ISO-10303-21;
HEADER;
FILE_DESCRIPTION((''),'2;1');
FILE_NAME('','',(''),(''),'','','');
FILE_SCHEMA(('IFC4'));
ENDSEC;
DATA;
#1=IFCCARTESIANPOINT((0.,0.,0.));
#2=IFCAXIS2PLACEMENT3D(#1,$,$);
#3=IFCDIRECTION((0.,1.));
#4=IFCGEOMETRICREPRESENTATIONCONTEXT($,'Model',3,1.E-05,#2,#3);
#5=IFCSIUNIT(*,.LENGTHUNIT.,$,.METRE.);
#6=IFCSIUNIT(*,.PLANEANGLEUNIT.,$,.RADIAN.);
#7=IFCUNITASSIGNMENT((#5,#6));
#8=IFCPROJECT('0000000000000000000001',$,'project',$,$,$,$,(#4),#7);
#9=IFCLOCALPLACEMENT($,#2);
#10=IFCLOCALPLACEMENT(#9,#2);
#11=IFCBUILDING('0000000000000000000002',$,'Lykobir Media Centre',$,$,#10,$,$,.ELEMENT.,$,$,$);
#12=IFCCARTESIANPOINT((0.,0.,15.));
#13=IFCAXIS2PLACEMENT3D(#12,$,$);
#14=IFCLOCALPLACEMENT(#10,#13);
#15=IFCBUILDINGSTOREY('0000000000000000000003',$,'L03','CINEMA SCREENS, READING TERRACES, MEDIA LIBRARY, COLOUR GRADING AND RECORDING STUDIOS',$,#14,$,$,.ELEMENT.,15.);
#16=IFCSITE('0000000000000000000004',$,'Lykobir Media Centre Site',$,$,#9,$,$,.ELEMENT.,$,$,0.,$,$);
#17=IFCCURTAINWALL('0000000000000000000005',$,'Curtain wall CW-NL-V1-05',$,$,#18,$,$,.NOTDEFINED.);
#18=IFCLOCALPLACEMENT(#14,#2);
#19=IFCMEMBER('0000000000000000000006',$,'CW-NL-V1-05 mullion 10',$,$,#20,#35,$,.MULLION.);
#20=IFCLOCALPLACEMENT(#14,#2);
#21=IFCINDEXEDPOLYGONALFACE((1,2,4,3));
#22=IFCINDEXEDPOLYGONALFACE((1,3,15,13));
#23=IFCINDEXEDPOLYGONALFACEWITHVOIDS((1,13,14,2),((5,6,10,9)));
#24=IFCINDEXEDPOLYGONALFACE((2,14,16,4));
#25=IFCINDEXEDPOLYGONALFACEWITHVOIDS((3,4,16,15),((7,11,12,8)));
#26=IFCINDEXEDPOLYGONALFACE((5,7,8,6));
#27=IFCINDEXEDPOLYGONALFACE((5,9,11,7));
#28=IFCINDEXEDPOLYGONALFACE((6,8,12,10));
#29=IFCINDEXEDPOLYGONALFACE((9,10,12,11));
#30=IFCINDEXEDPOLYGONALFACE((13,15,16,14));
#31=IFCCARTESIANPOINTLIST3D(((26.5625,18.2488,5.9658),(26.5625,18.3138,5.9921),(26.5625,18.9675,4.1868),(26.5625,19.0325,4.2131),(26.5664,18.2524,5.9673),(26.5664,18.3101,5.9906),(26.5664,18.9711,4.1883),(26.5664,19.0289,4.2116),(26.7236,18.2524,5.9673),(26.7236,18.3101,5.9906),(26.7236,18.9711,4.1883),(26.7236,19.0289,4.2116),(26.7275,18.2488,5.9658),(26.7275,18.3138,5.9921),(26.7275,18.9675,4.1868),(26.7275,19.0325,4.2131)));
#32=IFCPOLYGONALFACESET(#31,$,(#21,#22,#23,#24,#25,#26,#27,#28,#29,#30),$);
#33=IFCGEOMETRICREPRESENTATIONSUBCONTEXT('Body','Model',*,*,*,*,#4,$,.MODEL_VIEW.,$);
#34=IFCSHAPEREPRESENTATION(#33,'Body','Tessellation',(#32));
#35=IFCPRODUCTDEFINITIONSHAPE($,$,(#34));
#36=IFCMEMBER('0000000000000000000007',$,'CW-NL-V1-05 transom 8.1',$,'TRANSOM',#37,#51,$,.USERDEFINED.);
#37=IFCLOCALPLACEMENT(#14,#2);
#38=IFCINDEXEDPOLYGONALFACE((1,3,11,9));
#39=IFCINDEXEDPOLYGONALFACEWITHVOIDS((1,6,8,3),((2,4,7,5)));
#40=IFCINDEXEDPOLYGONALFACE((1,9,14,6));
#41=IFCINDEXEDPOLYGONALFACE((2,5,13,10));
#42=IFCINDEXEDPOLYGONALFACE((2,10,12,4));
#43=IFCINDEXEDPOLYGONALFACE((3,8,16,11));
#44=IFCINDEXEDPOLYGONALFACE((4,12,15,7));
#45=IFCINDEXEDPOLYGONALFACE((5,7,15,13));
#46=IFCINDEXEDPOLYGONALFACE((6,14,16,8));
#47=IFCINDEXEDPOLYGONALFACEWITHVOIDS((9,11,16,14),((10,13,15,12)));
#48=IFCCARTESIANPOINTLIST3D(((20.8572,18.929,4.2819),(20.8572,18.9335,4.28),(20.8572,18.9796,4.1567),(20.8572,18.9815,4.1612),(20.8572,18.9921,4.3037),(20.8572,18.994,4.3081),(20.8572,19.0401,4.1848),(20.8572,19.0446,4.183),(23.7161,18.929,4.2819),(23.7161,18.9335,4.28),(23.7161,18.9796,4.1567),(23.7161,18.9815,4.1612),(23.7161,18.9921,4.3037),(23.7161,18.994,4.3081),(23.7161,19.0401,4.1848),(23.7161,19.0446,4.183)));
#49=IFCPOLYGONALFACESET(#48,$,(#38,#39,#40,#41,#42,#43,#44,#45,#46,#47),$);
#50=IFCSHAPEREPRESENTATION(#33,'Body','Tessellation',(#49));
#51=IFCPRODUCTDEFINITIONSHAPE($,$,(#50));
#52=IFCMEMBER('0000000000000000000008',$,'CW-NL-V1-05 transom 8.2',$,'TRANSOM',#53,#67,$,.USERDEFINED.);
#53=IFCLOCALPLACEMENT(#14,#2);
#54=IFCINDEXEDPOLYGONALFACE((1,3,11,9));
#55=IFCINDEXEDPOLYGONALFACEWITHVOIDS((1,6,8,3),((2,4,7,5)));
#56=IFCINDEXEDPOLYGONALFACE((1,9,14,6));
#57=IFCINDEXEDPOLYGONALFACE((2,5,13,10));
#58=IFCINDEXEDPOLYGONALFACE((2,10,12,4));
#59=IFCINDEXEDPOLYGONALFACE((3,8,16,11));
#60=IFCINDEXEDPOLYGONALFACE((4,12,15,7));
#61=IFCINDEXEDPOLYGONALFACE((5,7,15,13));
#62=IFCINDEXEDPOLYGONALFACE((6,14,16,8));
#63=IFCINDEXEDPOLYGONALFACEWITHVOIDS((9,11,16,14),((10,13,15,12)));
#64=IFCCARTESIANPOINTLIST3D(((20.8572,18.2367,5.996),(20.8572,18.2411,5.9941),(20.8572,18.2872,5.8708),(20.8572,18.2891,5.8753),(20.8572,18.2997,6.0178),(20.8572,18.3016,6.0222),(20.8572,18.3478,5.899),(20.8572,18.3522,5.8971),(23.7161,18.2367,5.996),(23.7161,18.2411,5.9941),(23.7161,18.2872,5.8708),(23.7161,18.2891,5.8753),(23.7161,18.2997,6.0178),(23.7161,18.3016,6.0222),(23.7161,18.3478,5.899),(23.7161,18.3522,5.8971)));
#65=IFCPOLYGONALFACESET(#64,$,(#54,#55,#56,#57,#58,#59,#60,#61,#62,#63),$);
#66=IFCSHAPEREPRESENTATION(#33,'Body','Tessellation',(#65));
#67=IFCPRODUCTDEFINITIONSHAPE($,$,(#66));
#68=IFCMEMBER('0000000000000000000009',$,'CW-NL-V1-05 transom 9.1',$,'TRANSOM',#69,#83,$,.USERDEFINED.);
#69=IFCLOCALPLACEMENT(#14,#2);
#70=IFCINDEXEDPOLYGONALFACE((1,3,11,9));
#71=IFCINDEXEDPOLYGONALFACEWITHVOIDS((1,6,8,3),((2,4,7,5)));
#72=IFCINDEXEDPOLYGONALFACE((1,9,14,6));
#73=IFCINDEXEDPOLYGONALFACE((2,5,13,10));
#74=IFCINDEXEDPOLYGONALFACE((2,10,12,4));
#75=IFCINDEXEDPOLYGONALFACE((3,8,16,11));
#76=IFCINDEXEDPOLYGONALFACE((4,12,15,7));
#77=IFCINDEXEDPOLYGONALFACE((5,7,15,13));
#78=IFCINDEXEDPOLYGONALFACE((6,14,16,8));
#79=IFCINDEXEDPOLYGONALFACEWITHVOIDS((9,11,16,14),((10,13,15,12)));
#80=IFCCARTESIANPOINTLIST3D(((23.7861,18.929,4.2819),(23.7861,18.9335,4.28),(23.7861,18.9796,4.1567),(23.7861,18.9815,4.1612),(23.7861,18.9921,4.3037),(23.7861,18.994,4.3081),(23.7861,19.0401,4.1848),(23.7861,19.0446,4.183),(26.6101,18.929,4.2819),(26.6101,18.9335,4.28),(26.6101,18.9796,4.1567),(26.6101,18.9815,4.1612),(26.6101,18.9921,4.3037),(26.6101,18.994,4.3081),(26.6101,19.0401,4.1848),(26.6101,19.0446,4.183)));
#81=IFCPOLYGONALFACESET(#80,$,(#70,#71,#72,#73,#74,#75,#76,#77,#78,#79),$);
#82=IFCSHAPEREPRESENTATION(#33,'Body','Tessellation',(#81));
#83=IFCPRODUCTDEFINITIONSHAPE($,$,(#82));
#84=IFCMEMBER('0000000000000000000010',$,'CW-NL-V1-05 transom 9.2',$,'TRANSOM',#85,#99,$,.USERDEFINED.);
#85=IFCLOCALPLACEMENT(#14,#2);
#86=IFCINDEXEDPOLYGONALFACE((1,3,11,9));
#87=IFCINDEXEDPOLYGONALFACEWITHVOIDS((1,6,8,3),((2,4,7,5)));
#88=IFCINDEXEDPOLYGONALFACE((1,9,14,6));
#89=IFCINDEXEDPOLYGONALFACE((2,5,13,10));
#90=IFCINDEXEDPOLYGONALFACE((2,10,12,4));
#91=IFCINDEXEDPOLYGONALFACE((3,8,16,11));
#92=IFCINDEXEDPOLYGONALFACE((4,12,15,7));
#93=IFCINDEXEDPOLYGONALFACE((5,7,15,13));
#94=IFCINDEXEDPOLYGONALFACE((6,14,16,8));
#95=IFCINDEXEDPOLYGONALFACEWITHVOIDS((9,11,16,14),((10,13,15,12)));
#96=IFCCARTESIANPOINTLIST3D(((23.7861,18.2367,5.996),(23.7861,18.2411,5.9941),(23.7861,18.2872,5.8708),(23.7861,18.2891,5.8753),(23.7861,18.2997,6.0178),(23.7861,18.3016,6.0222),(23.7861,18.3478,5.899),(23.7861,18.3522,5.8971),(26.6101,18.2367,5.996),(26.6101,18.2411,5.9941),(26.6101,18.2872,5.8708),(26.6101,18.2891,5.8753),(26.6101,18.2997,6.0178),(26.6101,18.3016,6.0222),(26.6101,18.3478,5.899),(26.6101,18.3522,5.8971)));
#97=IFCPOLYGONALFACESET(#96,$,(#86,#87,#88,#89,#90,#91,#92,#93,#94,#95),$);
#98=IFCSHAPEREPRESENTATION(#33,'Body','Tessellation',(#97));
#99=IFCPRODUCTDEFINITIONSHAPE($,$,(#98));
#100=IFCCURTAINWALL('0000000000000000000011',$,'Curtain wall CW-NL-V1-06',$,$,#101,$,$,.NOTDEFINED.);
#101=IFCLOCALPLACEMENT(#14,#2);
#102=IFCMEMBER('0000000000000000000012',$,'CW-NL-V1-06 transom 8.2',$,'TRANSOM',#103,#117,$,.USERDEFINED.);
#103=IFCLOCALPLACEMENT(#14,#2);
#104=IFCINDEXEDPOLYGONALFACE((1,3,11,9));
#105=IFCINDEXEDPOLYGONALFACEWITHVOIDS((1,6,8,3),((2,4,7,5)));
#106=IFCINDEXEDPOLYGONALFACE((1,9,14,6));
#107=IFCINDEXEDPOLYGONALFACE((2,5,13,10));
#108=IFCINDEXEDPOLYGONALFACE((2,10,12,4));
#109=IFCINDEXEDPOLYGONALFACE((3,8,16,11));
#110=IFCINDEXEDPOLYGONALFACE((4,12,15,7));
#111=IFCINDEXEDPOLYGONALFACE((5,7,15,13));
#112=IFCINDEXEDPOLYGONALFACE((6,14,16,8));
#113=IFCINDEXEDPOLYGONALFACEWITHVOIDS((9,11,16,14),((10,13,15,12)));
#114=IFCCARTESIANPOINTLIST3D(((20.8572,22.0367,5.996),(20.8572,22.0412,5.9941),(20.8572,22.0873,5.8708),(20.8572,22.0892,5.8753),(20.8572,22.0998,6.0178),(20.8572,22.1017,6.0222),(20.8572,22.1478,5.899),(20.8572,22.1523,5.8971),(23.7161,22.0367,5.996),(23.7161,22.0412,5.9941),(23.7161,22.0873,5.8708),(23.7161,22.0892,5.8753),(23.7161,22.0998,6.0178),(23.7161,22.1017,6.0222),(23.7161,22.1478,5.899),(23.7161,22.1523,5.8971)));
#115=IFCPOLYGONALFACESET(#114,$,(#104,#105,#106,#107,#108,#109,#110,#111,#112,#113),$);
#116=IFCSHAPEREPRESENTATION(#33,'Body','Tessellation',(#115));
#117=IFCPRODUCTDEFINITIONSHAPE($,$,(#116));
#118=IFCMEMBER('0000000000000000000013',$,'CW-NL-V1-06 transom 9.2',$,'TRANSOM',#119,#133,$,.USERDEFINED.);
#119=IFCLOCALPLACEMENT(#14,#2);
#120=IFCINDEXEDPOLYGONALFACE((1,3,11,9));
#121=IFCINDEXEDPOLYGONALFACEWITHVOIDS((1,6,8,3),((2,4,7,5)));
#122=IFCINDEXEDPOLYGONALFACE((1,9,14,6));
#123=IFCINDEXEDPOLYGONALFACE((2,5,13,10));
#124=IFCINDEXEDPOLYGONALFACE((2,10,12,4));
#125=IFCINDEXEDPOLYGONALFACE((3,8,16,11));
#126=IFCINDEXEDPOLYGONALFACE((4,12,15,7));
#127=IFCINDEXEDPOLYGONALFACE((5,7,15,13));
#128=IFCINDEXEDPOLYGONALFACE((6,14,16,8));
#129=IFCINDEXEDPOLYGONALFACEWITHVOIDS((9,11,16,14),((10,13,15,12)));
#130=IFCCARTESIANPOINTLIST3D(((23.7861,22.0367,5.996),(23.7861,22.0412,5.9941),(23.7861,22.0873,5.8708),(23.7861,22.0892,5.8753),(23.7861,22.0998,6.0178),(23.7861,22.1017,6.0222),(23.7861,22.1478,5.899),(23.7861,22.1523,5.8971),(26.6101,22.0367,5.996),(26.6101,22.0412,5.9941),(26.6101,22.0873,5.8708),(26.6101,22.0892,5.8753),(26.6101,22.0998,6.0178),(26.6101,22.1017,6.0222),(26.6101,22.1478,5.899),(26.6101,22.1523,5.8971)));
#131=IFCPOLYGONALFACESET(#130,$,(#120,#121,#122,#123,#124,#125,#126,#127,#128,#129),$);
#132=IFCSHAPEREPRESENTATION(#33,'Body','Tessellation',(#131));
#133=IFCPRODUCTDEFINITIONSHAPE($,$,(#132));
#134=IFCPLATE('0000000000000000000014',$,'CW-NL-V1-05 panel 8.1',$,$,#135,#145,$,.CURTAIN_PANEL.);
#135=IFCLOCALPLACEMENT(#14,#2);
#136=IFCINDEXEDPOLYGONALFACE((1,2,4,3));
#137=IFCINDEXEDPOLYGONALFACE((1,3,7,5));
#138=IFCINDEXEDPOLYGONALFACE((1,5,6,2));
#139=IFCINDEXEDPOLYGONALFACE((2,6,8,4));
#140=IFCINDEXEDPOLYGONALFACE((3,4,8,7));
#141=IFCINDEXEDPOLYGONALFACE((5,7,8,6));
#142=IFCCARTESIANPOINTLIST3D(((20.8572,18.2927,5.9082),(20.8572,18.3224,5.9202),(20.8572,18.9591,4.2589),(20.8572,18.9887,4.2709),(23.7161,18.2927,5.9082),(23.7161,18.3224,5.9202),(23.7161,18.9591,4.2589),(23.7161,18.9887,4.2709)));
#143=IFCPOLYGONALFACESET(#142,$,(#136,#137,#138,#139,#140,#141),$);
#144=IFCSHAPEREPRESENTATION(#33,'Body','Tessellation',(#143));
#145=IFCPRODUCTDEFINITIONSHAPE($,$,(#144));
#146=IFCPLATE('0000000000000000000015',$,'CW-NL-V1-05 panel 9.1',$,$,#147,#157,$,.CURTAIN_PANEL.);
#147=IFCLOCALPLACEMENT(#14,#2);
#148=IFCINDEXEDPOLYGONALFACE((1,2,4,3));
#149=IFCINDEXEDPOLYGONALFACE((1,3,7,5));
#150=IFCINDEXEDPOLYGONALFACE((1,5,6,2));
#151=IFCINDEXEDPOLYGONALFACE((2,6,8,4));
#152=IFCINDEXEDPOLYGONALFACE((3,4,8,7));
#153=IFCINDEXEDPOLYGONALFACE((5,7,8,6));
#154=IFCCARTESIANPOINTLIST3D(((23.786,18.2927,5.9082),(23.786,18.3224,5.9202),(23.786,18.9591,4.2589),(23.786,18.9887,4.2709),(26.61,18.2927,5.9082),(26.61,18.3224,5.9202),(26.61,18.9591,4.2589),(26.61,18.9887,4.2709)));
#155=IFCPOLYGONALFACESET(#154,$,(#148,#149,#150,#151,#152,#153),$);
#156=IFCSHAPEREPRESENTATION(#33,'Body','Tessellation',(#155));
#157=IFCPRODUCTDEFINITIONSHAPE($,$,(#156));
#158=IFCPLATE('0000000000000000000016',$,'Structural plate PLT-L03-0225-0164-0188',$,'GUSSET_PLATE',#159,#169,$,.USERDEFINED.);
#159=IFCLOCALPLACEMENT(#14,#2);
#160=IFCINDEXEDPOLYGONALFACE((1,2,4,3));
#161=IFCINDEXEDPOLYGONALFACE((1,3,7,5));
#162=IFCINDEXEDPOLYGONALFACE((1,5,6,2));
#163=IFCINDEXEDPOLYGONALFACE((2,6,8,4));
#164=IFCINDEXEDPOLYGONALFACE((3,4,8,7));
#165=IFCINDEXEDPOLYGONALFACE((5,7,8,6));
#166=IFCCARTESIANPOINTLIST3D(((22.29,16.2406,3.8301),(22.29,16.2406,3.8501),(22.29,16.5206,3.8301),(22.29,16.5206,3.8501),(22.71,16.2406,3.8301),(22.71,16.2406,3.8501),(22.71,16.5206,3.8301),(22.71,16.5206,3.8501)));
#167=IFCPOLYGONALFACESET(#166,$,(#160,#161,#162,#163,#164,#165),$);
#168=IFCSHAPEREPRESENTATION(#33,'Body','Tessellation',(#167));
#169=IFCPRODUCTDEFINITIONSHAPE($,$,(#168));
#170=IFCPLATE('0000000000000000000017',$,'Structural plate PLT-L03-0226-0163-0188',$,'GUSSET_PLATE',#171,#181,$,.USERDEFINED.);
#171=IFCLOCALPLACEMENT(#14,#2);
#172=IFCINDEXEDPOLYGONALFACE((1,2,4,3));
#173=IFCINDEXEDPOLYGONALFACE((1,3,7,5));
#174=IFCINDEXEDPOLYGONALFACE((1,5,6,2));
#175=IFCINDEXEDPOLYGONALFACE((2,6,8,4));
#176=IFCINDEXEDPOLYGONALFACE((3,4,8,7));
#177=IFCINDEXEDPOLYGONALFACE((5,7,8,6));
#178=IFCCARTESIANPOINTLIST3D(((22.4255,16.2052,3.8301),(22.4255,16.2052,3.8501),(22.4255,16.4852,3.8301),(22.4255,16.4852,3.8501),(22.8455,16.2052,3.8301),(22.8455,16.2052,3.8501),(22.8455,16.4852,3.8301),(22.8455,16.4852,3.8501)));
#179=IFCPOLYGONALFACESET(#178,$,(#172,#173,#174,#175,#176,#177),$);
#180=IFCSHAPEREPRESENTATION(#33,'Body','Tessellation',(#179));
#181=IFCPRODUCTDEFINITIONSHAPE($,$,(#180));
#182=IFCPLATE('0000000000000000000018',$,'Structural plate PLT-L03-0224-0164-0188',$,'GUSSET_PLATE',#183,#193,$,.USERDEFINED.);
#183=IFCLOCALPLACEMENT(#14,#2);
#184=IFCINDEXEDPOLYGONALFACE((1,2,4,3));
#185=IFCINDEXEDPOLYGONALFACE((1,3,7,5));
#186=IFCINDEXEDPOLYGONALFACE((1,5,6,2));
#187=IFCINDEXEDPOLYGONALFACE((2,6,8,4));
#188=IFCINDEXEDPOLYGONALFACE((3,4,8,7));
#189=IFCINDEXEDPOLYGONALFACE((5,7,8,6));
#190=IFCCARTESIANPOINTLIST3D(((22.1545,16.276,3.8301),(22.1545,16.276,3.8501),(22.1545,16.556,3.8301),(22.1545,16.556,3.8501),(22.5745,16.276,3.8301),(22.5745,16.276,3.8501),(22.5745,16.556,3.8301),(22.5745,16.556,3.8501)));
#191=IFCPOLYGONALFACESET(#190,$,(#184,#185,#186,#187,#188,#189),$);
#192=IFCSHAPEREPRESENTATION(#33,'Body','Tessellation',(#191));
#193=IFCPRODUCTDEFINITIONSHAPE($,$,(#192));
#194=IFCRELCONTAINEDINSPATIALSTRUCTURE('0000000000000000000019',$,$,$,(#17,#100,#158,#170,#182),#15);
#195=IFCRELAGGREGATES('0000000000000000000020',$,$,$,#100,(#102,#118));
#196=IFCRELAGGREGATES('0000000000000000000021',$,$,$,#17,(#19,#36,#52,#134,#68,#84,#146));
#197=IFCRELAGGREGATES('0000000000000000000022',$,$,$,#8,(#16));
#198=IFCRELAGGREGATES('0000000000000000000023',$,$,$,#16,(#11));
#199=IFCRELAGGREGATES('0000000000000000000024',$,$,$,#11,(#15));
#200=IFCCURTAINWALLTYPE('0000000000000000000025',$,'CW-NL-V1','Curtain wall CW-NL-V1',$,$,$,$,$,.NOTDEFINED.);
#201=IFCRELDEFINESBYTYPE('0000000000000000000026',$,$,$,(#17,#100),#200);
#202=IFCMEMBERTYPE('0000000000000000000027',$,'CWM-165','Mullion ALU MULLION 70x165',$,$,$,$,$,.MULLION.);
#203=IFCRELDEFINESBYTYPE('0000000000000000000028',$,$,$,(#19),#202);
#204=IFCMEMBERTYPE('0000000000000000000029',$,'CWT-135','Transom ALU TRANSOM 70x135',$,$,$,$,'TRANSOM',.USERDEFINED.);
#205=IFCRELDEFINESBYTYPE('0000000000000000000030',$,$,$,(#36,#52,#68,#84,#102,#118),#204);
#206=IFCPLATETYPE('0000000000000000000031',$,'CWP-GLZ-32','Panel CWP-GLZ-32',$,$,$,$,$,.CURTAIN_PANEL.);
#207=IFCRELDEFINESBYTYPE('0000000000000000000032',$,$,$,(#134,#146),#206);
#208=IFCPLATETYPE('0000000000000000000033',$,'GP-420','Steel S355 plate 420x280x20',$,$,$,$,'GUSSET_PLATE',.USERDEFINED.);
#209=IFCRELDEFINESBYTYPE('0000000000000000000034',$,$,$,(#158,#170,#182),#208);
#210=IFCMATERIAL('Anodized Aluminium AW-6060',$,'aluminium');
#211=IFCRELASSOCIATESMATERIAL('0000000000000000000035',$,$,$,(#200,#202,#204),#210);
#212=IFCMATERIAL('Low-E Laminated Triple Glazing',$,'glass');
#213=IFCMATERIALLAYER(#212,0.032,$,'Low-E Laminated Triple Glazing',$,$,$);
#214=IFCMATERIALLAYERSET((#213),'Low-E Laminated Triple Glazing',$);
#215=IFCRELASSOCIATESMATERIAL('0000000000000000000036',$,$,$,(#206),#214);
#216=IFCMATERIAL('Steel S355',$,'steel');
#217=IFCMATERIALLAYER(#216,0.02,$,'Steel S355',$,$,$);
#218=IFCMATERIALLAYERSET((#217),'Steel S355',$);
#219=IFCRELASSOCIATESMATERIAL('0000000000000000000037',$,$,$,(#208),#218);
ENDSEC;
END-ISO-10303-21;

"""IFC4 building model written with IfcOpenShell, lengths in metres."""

from ifc_helpers import new_model, si_unit, direction, frame, origin, origin_2d, place, context, subcontext, project, spatial, rectangle, hollow_rectangle, extrude, material, layer, layer_set, material_profile, profile_set, type_object, element, aggregate, save


model = new_model("IFC4")

# Units and contexts
model_context = context("Model", 3, precision=1e-05, world=origin(), true_north=direction((0.0, 1.0)))
body_context = subcontext(model_context, "Body", "Model", "MODEL_VIEW")
ifc_project = project(units=[si_unit("LENGTHUNIT", "METRE"), si_unit("PLANEANGLEUNIT", "RADIAN")], contexts=[model_context])

# Site, building, storey
site_placement = place(None, origin())
site = spatial("IfcSite", under=ifc_project, at=site_placement, Name="Lykobir Media Centre Site", CompositionType="ELEMENT", RefElevation=0.0)
building_placement = place(site_placement, origin())
building = spatial("IfcBuilding", under=site, at=building_placement, Name="Lykobir Media Centre", CompositionType="ELEMENT")
storey_placement = place(building_placement, frame((0.0, 0.0, 15.0)))
storey = spatial("IfcBuildingStorey", under=building, at=storey_placement, Name="L03", Description="CINEMA SCREENS, READING TERRACES, MEDIA LIBRARY, COLOUR GRADING AND RECORDING STUDIOS", CompositionType="ELEMENT", Elevation=15.0)

# Shared definitions
ifc_material_1 = material(Name="Steel S355", Category="steel")

# Curtain walls, members
ifc_material_2 = material(Name="Anodized Aluminium AW-6060", Category="aluminium")
curtain_wall_type = type_object("IfcCurtainWallType", Name="CW-NL-V1", Description="Curtain wall CW-NL-V1", PredefinedType="NOTDEFINED", material=ifc_material_2)
ifc_material_profile_1 = material_profile(ifc_material_2, hollow_rectangle(XDim=0.0701, YDim=0.165, WallThickness=0.0039, at=origin_2d()), Name="ALU MULLION 70x165")
ifc_profile_set_1 = profile_set([ifc_material_profile_1], Name="Anodized Aluminium AW-6060")
member_type_1 = type_object("IfcMemberType", Name="CWM-165", Description="Mullion ALU MULLION 70x165", PredefinedType="MULLION", material=ifc_profile_set_1)
curtain_wall_1_placement = place(storey_placement, origin())
curtain_wall_1 = element("IfcCurtainWall", 1, at=curtain_wall_1_placement, inside=storey, type_object=curtain_wall_type, Name="Curtain wall CW-NL-V1-05", PredefinedType="NOTDEFINED")
member_1_placement = place(storey_placement, frame((26.645, 19.0, 4.2), z_axis=(0.0, -0.374591, 0.92719), x_axis=(0.0, 0.92719, 0.374591)))
member_1 = element("IfcMember", 2, at=member_1_placement, type_object=member_type_1, Name="CW-NL-V1-05 mullion 10", PredefinedType="MULLION", context=body_context, shape_type="SweptSolid", body=[
    extrude(hollow_rectangle(XDim=0.0701, YDim=0.165, WallThickness=0.0039, at=origin_2d()), origin(), (0.0, 0.0, 1.0), 1.9187),
])
ifc_material_profile_2 = material_profile(ifc_material_2, hollow_rectangle(XDim=0.0701, YDim=0.135, WallThickness=0.0034, at=origin_2d()), Name="ALU TRANSOM 70x135")
ifc_profile_set_2 = profile_set([ifc_material_profile_2], Name="Anodized Aluminium AW-6060")
member_type_2 = type_object("IfcMemberType", Name="CWT-135", Description="Transom ALU TRANSOM 70x135", ElementType="TRANSOM", PredefinedType="USERDEFINED", material=ifc_profile_set_2)
member_2_placement = place(storey_placement, frame((20.8572, 18.9868, 4.2324), z_axis=(1.0, 0.0, 0.0), x_axis=(0.0, 0.927184, 0.374607)))
member_2 = element("IfcMember", 3, at=member_2_placement, type_object=member_type_2, Name="CW-NL-V1-05 transom 8.1", ObjectType="TRANSOM", PredefinedType="USERDEFINED", context=body_context, shape_type="SweptSolid", body=[
    extrude(hollow_rectangle(XDim=0.0701, YDim=0.135, WallThickness=0.0034, at=origin_2d()), origin(), (0.0, 0.0, 1.0), 2.8589),
])
member_3_placement = place(storey_placement, frame((20.8572, 18.2944, 5.9465), z_axis=(1.0, 0.0, 0.0), x_axis=(0.0, 0.927184, 0.374607)))
member_3 = element("IfcMember", 4, at=member_3_placement, type_object=member_type_2, Name="CW-NL-V1-05 transom 8.2", ObjectType="TRANSOM", PredefinedType="USERDEFINED", context=body_context, shape_type="SweptSolid", body=[
    extrude(hollow_rectangle(XDim=0.0701, YDim=0.135, WallThickness=0.0034, at=origin_2d()), origin(), (0.0, 0.0, 1.0), 2.8589),
])
member_4_placement = place(storey_placement, frame((23.7861, 18.9868, 4.2324), z_axis=(1.0, 0.0, 0.0), x_axis=(0.0, 0.927184, 0.374607)))
member_4 = element("IfcMember", 5, at=member_4_placement, type_object=member_type_2, Name="CW-NL-V1-05 transom 9.1", ObjectType="TRANSOM", PredefinedType="USERDEFINED", context=body_context, shape_type="SweptSolid", body=[
    extrude(hollow_rectangle(XDim=0.0701, YDim=0.135, WallThickness=0.0034, at=origin_2d()), origin(), (0.0, 0.0, 1.0), 2.824),
])
member_5_placement = place(storey_placement, frame((23.7861, 18.2944, 5.9465), z_axis=(1.0, 0.0, 0.0), x_axis=(0.0, 0.927184, 0.374607)))
member_5 = element("IfcMember", 6, at=member_5_placement, type_object=member_type_2, Name="CW-NL-V1-05 transom 9.2", ObjectType="TRANSOM", PredefinedType="USERDEFINED", context=body_context, shape_type="SweptSolid", body=[
    extrude(hollow_rectangle(XDim=0.0701, YDim=0.135, WallThickness=0.0034, at=origin_2d()), origin(), (0.0, 0.0, 1.0), 2.824),
])
curtain_wall_2_placement = place(storey_placement, origin())
curtain_wall_2 = element("IfcCurtainWall", 7, at=curtain_wall_2_placement, inside=storey, type_object=curtain_wall_type, Name="Curtain wall CW-NL-V1-06", PredefinedType="NOTDEFINED")
member_6_placement = place(storey_placement, frame((20.8572, 22.0945, 5.9465), z_axis=(1.0, 0.0, 0.0), x_axis=(0.0, 0.927184, 0.374607)))
member_6 = element("IfcMember", 8, at=member_6_placement, type_object=member_type_2, Name="CW-NL-V1-06 transom 8.2", ObjectType="TRANSOM", PredefinedType="USERDEFINED", context=body_context, shape_type="SweptSolid", body=[
    extrude(hollow_rectangle(XDim=0.0701, YDim=0.135, WallThickness=0.0034, at=origin_2d()), origin(), (0.0, 0.0, 1.0), 2.8589),
])
member_7_placement = place(storey_placement, frame((23.7861, 22.0945, 5.9465), z_axis=(1.0, 0.0, 0.0), x_axis=(0.0, 0.927184, 0.374607)))
member_7 = element("IfcMember", 9, at=member_7_placement, type_object=member_type_2, Name="CW-NL-V1-06 transom 9.2", ObjectType="TRANSOM", PredefinedType="USERDEFINED", context=body_context, shape_type="SweptSolid", body=[
    extrude(hollow_rectangle(XDim=0.0701, YDim=0.135, WallThickness=0.0034, at=origin_2d()), origin(), (0.0, 0.0, 1.0), 2.824),
])
aggregate(curtain_wall_2, [member_6, member_7])

# Plates
ifc_material_3 = material(Name="Low-E Laminated Triple Glazing", Category="glass")
ifc_layer_1 = layer(ifc_material_3, 0.032, Name="Low-E Laminated Triple Glazing")
ifc_layer_set_1 = layer_set([ifc_layer_1], Name="Low-E Laminated Triple Glazing")
plate_type_1 = type_object("IfcPlateType", Name="CWP-GLZ-32", Description="Panel CWP-GLZ-32", PredefinedType="CURTAIN_PANEL", material=ifc_layer_set_1)
plate_1_placement = place(storey_placement, frame((22.2866, 18.9739, 4.2649), z_axis=(0.0, -0.374607, 0.927184), x_axis=(1.0, 0.0, 0.0)))
plate_1 = element("IfcPlate", 10, at=plate_1_placement, type_object=plate_type_1, Name="CW-NL-V1-05 panel 8.1", PredefinedType="CURTAIN_PANEL", context=body_context, shape_type="SweptSolid", body=[
    extrude(rectangle(XDim=2.8589, YDim=0.032, at=origin_2d()), origin(), (0.0, 0.0, 1.0), 1.7788),
])
plate_2_placement = place(storey_placement, frame((25.198, 18.9739, 4.2649), z_axis=(0.0, -0.374607, 0.927184), x_axis=(1.0, 0.0, 0.0)))
plate_2 = element("IfcPlate", 11, at=plate_2_placement, type_object=plate_type_1, Name="CW-NL-V1-05 panel 9.1", PredefinedType="CURTAIN_PANEL", context=body_context, shape_type="SweptSolid", body=[
    extrude(rectangle(XDim=2.824, YDim=0.032, at=origin_2d()), origin(), (0.0, 0.0, 1.0), 1.7788),
])
aggregate(curtain_wall_1, [member_1, member_2, member_3, plate_1, member_4, member_5, plate_2])

# Plates
ifc_layer_2 = layer(ifc_material_1, 0.02, Name="Steel S355")
ifc_layer_set_2 = layer_set([ifc_layer_2], Name="Steel S355")
plate_type_2 = type_object("IfcPlateType", Name="GP-420", Description="Steel S355 plate 420x280x20", ElementType="GUSSET_PLATE", PredefinedType="USERDEFINED", material=ifc_layer_set_2)
for number, where, z_axis, x_axis, name in (
    (12, (22.5, 16.3806, 3.8301), (0.0, 0.0, 1.0), (1.0, 0.0, 0.0), "Structural plate PLT-L03-0225-0164-0188"),
    (13, (22.6355, 16.3452, 3.8301), (0.0, 0.0, 1.0), (1.0, 0.0, 0.0), "Structural plate PLT-L03-0226-0163-0188"),
    (14, (22.3645, 16.416, 3.8301), (0.0, 0.0, 1.0), (1.0, 0.0, 0.0), "Structural plate PLT-L03-0224-0164-0188"),
):
    element("IfcPlate", number, at=place(storey_placement, frame(where, z_axis=z_axis, x_axis=x_axis)), inside=storey, type_object=plate_type_2, Name=name, ObjectType="GUSSET_PLATE", PredefinedType="USERDEFINED", context=body_context, shape_type="SweptSolid", body=[
        extrude(rectangle(XDim=0.4199, YDim=0.28, at=origin_2d()), origin(), (0.0, 0.0, 1.0), 0.02),
    ])

save(model, "model.ifc")
